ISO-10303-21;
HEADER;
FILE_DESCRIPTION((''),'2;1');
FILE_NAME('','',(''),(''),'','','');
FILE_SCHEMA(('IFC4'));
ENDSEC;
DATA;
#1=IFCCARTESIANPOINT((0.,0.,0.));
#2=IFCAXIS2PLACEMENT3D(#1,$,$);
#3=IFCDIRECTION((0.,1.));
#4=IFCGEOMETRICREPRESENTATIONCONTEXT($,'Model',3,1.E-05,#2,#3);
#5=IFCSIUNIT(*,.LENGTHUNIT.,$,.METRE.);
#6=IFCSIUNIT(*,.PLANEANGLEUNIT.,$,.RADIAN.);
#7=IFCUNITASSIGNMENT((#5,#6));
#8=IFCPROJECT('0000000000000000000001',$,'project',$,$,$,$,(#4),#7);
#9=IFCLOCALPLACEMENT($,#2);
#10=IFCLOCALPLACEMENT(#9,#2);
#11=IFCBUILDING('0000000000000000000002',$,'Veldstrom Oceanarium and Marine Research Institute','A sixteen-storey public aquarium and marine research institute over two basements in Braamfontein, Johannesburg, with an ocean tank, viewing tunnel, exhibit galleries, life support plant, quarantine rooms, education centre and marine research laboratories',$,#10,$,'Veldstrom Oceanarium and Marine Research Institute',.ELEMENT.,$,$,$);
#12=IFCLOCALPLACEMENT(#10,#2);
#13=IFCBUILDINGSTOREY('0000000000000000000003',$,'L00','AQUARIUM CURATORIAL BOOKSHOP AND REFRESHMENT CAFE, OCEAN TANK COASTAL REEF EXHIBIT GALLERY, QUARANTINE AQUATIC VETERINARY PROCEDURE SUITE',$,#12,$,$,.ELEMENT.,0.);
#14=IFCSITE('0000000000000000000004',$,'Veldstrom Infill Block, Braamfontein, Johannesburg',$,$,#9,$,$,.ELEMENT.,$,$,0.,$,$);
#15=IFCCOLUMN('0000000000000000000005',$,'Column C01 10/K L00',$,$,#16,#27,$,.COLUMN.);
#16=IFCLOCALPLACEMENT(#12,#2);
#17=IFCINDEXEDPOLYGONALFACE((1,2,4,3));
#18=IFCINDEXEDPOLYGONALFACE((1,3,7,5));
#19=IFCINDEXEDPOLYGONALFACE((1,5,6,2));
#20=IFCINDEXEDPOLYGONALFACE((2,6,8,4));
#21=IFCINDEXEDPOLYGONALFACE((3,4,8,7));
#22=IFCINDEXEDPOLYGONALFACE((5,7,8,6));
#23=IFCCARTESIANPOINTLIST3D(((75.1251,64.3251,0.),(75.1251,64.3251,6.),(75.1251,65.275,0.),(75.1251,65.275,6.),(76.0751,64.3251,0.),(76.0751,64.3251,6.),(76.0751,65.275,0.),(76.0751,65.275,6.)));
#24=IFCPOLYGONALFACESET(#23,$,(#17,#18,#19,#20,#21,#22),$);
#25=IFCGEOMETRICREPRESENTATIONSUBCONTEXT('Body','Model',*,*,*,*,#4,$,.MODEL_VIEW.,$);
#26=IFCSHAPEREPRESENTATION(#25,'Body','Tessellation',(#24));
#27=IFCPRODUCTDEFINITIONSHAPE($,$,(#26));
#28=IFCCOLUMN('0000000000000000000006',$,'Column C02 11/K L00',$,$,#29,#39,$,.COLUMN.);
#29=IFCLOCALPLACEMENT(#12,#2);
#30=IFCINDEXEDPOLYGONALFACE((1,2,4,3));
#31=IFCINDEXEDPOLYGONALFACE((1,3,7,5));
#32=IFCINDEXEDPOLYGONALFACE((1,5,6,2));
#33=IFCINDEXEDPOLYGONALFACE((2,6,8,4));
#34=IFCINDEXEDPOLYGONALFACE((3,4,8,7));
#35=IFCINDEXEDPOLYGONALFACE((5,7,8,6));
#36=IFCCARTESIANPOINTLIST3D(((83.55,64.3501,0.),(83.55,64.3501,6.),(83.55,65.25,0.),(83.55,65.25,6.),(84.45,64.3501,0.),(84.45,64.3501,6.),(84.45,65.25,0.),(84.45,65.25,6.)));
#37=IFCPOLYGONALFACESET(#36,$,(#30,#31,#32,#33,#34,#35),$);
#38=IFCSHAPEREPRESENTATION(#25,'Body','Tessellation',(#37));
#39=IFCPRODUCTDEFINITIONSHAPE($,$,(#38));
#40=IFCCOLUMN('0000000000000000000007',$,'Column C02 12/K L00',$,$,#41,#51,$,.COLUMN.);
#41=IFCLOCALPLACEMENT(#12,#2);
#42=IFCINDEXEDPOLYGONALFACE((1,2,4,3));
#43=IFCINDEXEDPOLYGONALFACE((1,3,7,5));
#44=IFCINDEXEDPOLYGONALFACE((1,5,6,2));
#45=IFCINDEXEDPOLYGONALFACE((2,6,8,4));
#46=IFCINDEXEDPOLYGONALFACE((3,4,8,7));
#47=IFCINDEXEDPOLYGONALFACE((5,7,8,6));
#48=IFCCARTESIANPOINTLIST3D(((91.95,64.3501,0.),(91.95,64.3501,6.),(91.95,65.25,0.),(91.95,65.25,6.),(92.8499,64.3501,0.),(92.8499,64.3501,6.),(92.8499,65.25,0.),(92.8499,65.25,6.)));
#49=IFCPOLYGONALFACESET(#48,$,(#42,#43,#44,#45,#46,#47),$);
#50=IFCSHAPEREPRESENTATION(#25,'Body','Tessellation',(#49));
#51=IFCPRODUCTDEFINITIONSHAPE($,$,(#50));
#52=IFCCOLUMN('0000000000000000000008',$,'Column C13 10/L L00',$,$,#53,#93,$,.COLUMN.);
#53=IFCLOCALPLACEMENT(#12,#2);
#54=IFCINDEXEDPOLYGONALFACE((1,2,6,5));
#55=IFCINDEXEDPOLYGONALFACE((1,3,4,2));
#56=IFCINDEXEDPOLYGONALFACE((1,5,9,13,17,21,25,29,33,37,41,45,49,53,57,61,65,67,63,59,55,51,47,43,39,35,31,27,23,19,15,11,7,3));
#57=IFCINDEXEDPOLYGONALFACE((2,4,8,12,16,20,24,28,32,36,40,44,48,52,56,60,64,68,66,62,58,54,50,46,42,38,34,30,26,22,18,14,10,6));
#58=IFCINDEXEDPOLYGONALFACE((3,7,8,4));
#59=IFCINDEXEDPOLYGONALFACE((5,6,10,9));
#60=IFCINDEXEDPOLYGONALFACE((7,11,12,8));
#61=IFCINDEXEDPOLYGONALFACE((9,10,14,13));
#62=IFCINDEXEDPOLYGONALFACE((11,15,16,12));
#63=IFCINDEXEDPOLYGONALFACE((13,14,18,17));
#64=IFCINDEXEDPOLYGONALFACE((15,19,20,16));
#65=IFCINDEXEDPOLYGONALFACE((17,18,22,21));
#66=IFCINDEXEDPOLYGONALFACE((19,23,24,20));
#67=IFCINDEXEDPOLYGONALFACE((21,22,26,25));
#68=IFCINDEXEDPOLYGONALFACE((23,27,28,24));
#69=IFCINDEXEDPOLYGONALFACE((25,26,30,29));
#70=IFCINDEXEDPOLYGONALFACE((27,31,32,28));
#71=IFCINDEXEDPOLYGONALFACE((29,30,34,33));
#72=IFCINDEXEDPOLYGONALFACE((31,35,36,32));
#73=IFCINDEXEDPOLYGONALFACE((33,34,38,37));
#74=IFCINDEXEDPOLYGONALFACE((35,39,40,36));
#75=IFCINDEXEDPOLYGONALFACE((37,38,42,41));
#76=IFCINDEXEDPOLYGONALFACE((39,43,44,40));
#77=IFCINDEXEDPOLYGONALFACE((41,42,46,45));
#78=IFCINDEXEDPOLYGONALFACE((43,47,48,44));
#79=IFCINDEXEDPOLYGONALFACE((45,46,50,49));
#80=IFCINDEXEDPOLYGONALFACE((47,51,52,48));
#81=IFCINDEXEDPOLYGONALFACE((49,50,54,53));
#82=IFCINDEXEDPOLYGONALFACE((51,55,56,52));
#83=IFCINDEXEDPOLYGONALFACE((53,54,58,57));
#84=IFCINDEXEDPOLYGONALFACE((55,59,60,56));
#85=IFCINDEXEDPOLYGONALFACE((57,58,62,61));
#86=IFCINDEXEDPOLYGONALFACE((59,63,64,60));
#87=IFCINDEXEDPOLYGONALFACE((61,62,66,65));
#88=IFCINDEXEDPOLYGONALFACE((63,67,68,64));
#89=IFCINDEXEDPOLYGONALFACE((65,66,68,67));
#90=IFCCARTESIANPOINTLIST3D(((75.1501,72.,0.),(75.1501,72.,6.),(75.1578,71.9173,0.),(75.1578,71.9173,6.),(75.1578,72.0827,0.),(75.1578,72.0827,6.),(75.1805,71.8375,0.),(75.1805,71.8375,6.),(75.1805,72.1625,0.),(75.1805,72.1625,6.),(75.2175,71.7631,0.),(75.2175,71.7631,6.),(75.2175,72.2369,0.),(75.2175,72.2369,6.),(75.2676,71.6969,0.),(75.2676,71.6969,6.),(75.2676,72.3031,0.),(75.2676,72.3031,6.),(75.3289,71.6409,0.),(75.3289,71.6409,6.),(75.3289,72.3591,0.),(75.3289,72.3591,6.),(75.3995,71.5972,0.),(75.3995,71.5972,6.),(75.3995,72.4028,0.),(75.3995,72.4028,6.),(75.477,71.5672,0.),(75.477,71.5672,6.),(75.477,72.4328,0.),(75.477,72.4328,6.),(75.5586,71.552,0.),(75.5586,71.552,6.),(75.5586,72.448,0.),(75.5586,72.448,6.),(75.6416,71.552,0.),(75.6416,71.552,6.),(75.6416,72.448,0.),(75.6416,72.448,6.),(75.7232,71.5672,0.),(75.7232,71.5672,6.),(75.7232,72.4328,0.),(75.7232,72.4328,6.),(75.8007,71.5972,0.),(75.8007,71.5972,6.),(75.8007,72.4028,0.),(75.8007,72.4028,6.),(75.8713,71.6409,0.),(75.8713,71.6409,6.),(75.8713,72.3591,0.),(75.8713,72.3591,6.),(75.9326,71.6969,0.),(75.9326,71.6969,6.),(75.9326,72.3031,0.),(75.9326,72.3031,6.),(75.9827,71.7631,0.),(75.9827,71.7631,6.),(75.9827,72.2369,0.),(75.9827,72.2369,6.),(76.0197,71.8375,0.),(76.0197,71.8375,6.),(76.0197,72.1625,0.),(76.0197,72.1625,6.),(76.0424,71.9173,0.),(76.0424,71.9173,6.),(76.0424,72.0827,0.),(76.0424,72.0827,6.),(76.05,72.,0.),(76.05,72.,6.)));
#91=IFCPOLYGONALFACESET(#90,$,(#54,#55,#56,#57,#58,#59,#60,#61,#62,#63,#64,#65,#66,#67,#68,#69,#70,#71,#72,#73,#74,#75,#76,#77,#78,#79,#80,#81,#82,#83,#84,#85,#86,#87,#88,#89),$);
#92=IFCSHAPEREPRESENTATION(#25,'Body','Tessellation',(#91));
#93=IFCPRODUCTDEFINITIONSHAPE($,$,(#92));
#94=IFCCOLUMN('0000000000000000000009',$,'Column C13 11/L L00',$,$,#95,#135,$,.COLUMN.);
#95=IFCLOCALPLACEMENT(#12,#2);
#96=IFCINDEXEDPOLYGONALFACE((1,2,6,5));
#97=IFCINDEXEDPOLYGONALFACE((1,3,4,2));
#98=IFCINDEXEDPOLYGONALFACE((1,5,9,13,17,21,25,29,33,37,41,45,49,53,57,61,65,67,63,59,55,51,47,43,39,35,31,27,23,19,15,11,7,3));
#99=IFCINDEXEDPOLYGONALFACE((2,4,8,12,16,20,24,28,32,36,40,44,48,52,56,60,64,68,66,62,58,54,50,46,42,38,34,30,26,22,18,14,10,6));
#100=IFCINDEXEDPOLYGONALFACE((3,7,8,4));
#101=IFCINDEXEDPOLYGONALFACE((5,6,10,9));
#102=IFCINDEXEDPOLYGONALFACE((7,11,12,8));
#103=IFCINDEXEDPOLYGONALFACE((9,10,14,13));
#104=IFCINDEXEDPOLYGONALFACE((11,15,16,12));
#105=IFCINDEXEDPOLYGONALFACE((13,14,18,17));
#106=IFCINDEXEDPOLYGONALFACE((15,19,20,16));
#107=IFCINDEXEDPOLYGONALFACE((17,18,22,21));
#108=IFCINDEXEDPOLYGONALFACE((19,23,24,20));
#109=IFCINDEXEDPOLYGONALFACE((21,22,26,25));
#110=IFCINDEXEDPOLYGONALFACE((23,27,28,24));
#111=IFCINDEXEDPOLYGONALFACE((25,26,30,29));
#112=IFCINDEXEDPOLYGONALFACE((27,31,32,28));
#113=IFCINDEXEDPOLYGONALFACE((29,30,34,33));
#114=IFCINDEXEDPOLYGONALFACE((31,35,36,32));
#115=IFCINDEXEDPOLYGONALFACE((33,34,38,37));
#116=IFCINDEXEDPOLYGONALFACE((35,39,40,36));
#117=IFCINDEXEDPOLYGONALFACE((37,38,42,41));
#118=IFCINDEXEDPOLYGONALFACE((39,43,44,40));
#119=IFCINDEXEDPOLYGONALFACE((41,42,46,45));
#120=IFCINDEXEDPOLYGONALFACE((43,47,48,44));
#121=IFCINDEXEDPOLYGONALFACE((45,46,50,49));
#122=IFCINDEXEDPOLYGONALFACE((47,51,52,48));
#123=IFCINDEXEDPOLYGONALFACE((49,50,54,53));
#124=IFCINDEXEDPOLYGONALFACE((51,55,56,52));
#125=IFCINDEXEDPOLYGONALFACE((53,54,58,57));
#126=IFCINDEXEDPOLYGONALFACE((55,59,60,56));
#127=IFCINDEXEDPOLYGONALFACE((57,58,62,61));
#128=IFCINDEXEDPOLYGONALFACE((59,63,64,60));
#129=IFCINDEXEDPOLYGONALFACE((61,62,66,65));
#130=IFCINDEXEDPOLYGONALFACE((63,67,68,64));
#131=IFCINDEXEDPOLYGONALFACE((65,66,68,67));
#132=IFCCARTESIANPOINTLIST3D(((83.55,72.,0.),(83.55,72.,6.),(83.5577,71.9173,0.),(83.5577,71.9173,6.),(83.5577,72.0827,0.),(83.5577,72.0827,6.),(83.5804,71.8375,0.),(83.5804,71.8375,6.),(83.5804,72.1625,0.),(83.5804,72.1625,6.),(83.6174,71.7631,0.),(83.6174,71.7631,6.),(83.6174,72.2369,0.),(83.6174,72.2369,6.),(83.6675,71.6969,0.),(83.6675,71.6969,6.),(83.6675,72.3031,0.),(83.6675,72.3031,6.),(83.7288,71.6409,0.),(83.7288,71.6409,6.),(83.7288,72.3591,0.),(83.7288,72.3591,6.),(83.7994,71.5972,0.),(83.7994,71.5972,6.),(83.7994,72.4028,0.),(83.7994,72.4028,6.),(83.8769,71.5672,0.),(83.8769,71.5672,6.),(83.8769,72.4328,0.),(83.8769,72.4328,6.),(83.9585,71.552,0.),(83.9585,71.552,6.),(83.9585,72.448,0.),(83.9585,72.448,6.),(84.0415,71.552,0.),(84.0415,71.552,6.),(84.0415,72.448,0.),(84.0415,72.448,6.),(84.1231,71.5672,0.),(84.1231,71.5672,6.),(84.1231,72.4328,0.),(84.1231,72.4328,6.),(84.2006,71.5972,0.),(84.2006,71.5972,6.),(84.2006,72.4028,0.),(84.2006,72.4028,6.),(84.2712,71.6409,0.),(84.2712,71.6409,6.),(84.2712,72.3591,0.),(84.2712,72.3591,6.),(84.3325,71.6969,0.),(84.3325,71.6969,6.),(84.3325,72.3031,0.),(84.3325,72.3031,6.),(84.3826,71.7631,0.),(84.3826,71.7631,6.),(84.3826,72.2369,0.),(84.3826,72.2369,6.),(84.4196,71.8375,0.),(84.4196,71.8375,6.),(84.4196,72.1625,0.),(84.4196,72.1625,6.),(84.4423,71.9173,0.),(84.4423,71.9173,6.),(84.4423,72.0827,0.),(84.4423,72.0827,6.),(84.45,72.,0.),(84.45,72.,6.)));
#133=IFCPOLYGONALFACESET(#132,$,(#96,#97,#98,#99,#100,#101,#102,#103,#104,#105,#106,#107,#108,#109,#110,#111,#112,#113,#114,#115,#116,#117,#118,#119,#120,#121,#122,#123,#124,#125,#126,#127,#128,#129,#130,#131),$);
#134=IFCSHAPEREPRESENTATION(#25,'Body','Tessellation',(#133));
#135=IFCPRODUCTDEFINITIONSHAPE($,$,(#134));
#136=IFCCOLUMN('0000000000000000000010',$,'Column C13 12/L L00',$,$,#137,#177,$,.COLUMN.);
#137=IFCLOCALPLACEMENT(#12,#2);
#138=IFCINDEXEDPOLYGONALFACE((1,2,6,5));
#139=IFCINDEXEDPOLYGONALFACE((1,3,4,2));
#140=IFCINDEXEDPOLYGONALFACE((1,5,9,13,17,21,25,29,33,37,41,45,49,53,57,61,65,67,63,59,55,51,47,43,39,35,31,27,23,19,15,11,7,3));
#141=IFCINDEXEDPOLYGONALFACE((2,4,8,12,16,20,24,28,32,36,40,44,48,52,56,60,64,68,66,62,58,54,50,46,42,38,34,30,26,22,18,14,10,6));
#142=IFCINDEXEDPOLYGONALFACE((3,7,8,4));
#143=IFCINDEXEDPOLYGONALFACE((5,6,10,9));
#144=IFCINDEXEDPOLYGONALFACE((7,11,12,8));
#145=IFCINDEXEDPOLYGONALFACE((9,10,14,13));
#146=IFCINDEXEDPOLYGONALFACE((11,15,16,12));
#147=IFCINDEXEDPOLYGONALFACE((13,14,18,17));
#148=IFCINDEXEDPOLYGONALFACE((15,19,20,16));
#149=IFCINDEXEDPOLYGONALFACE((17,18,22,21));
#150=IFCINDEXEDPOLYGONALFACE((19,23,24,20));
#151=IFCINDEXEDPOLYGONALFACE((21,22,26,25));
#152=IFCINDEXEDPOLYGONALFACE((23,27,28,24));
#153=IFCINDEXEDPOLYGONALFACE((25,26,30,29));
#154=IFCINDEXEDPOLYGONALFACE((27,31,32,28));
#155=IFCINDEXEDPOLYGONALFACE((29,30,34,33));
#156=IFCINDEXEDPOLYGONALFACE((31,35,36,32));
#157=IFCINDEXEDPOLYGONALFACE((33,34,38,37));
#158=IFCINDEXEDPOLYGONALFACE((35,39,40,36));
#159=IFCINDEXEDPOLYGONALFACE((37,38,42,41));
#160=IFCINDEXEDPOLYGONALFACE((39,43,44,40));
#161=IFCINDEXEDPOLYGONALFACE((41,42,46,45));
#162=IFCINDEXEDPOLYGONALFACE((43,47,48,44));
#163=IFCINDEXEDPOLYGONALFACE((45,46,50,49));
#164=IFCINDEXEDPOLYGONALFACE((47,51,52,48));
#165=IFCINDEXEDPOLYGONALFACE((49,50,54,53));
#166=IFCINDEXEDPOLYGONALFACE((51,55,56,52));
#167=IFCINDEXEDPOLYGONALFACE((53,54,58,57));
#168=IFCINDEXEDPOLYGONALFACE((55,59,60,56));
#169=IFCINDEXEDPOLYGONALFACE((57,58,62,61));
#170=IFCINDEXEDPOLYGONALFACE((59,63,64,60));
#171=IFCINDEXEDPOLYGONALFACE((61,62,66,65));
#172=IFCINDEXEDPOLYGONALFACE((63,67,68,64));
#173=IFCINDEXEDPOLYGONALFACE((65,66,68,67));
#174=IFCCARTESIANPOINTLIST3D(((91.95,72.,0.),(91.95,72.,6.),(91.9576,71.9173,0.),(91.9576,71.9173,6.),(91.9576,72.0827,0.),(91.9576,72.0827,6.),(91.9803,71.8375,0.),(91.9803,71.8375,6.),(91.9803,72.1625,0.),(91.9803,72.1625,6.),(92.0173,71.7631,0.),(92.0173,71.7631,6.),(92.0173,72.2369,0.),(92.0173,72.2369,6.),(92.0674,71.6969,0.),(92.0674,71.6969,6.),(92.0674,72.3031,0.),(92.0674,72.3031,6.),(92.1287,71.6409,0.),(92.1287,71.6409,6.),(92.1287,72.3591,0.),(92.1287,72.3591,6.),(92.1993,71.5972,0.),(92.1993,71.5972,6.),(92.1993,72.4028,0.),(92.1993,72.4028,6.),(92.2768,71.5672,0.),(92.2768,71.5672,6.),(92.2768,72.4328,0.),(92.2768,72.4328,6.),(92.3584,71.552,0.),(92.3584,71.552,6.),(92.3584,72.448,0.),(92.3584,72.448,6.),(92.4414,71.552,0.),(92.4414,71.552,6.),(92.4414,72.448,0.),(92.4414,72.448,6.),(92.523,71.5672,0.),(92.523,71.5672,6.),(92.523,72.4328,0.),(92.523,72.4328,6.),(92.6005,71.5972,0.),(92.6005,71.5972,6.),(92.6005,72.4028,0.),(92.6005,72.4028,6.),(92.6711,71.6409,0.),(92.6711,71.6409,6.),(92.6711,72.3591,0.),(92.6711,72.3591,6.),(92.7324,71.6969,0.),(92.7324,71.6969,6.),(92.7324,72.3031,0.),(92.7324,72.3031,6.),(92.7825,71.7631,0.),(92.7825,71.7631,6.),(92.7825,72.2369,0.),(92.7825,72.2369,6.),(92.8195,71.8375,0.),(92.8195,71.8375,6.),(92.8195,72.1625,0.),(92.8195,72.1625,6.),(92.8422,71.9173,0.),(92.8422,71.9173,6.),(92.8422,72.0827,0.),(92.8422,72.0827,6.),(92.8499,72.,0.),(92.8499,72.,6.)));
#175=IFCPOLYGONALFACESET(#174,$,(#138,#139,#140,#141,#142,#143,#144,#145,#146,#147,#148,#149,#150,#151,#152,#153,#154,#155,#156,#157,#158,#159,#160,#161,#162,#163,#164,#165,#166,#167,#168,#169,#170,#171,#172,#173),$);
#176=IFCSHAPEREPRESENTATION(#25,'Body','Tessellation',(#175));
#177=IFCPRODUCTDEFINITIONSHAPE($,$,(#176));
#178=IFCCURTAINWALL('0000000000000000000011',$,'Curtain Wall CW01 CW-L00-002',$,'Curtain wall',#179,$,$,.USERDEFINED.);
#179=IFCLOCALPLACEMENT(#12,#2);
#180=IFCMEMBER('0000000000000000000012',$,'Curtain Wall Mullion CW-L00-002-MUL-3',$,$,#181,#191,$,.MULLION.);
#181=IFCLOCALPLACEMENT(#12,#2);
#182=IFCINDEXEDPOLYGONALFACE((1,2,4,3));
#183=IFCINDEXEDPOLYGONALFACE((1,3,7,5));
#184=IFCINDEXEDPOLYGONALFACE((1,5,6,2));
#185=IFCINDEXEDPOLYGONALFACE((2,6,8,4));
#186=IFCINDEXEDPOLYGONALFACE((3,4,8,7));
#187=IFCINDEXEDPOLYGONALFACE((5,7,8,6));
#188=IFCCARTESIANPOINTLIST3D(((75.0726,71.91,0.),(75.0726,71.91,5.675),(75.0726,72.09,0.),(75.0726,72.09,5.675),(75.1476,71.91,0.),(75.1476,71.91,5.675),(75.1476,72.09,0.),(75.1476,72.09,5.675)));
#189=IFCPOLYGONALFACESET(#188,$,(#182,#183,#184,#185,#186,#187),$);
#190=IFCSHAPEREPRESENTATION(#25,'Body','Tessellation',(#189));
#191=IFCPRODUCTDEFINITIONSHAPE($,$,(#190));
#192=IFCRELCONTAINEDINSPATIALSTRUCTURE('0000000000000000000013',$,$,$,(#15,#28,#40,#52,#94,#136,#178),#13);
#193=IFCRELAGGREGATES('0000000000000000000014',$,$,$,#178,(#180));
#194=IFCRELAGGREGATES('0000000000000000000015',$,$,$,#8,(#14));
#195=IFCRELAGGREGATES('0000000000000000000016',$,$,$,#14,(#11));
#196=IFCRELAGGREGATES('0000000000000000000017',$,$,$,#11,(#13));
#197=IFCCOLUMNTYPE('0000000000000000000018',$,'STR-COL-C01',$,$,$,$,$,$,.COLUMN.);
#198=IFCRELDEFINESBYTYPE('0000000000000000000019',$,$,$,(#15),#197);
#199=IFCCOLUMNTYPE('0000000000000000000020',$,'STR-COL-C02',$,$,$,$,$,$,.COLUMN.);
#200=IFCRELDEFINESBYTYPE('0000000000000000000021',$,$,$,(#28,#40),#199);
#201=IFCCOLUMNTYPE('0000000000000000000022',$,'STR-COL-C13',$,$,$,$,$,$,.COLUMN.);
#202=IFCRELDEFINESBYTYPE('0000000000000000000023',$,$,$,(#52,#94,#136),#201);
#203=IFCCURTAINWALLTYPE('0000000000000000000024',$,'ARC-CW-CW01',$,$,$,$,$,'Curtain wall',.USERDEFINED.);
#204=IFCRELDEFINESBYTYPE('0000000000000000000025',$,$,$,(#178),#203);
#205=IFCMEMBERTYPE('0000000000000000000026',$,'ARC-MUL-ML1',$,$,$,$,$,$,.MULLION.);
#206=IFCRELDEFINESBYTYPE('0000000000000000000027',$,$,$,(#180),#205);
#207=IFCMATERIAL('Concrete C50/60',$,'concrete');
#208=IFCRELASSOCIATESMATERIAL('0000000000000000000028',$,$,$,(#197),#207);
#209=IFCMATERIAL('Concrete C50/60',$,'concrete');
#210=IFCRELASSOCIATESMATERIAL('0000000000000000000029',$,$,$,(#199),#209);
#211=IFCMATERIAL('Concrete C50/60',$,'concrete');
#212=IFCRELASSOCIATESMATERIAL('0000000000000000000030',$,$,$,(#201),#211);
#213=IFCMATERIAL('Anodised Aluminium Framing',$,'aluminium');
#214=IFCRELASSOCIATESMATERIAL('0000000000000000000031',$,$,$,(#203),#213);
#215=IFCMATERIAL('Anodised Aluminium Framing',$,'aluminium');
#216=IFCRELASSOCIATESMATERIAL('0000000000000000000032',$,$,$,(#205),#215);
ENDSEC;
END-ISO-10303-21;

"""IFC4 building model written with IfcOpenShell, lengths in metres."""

from ifc_helpers import new_model, si_unit, direction, frame, origin, origin_2d, place, context, subcontext, project, spatial, rectangle, circle, extrude, material, material_profile, profile_set, type_object, element, aggregate, save


model = new_model("IFC4")

# Units and contexts
model_context = context("Model", 3, precision=1e-05, world=origin(), true_north=direction((0.0, 1.0)))
body_context = subcontext(model_context, "Body", "Model", "MODEL_VIEW")
ifc_project = project(units=[si_unit("LENGTHUNIT", "METRE"), si_unit("PLANEANGLEUNIT", "RADIAN")], contexts=[model_context])

# Site, building, storey
site_placement = place(None, origin())
site = spatial("IfcSite", under=ifc_project, at=site_placement, Name="Veldstrom Infill Block, Braamfontein, Johannesburg", CompositionType="ELEMENT", RefElevation=0.0)
building_placement = place(site_placement, origin())
building = spatial("IfcBuilding", under=site, at=building_placement, Name="Veldstrom Oceanarium and Marine Research Institute", Description="A sixteen-storey public aquarium and marine research institute over two basements in Braamfontein, Johannesburg, with an ocean tank, viewing tunnel, exhibit galleries, life support plant, quarantine rooms, education centre and marine research laboratories", LongName="Veldstrom Oceanarium and Marine Research Institute", CompositionType="ELEMENT")
storey_placement = place(building_placement, origin())
storey = spatial("IfcBuildingStorey", under=building, at=storey_placement, Name="L00", Description="AQUARIUM CURATORIAL BOOKSHOP AND REFRESHMENT CAFE, OCEAN TANK COASTAL REEF EXHIBIT GALLERY, QUARANTINE AQUATIC VETERINARY PROCEDURE SUITE", CompositionType="ELEMENT", Elevation=0.0)

# Columns
ifc_material_1 = material(Name="Concrete C50/60", Category="concrete")
ifc_material_profile_1 = material_profile(ifc_material_1, rectangle(XDim=0.95, YDim=0.95, at=origin_2d()), Name="RC-COL-950x950")
ifc_profile_set_1 = profile_set([ifc_material_profile_1], Name="Concrete C50/60")
column_type_1 = type_object("IfcColumnType", Name="STR-COL-C01", PredefinedType="COLUMN", material=ifc_profile_set_1)
column_placement = place(storey_placement, frame((75.6001, 64.8, 0.0), z_axis=(0.0, 0.0, 1.0), x_axis=(1.0, 0.0, 0.0)))
element("IfcColumn", 1, at=column_placement, inside=storey, type_object=column_type_1, Name="Column C01 10/K L00", PredefinedType="COLUMN", context=body_context, shape_type="SweptSolid", body=[
    extrude(rectangle(XDim=0.95, YDim=0.95, at=origin_2d()), origin(), (0.0, 0.0, 1.0), 6.0),
])
ifc_material_2 = material(Name="Concrete C50/60", Category="concrete")
ifc_material_profile_2 = material_profile(ifc_material_2, rectangle(XDim=0.8999, YDim=0.8999, at=origin_2d()), Name="RC-COL-900x900")
ifc_profile_set_2 = profile_set([ifc_material_profile_2], Name="Concrete C50/60")
column_type_2 = type_object("IfcColumnType", Name="STR-COL-C02", PredefinedType="COLUMN", material=ifc_profile_set_2)
for number, where, z_axis, x_axis, name in (
    (2, (84.0, 64.8, 0.0), (0.0, 0.0, 1.0), (1.0, 0.0, 0.0), "Column C02 11/K L00"),
    (3, (92.3999, 64.8, 0.0), (0.0, 0.0, 1.0), (1.0, 0.0, 0.0), "Column C02 12/K L00"),
):
    element("IfcColumn", number, at=place(storey_placement, frame(where, z_axis=z_axis, x_axis=x_axis)), inside=storey, type_object=column_type_2, Name=name, PredefinedType="COLUMN", context=body_context, shape_type="SweptSolid", body=[
        extrude(rectangle(XDim=0.8999, YDim=0.8999, at=origin_2d()), origin(), (0.0, 0.0, 1.0), 6.0),
    ])
ifc_material_3 = material(Name="Concrete C50/60", Category="concrete")
ifc_material_profile_3 = material_profile(ifc_material_3, circle(Radius=0.45, at=origin_2d()), Name="RC-COL-D900")
ifc_profile_set_3 = profile_set([ifc_material_profile_3], Name="Concrete C50/60")
column_type_3 = type_object("IfcColumnType", Name="STR-COL-C13", PredefinedType="COLUMN", material=ifc_profile_set_3)
for number, where, z_axis, x_axis, name in (
    (4, (75.6001, 72.0, 0.0), (0.0, 0.0, 1.0), (1.0, 0.0, 0.0), "Column C13 10/L L00"),
    (5, (84.0, 72.0, 0.0), (0.0, 0.0, 1.0), (1.0, 0.0, 0.0), "Column C13 11/L L00"),
    (6, (92.3999, 72.0, 0.0), (0.0, 0.0, 1.0), (1.0, 0.0, 0.0), "Column C13 12/L L00"),
):
    element("IfcColumn", number, at=place(storey_placement, frame(where, z_axis=z_axis, x_axis=x_axis)), inside=storey, type_object=column_type_3, Name=name, PredefinedType="COLUMN", context=body_context, shape_type="SweptSolid", body=[
        extrude(circle(Radius=0.45, at=origin_2d()), origin(), (0.0, 0.0, 1.0), 6.0),
    ])

# Curtain wall, member
ifc_material_4 = material(Name="Anodised Aluminium Framing", Category="aluminium")
curtain_wall_type = type_object("IfcCurtainWallType", Name="ARC-CW-CW01", ElementType="Curtain wall", PredefinedType="USERDEFINED", material=ifc_material_4)
curtain_wall_placement = place(storey_placement, origin())
curtain_wall = element("IfcCurtainWall", 7, at=curtain_wall_placement, inside=storey, type_object=curtain_wall_type, Name="Curtain Wall CW01 CW-L00-002", ObjectType="Curtain wall", PredefinedType="USERDEFINED")
ifc_material_5 = material(Name="Anodised Aluminium Framing", Category="aluminium")
ifc_material_profile_4 = material_profile(ifc_material_5, rectangle(XDim=0.075, YDim=0.1799, at=origin_2d()), Name="ALU-MUL-75x180")
ifc_profile_set_4 = profile_set([ifc_material_profile_4], Name="Anodised Aluminium Framing")
member_type_1 = type_object("IfcMemberType", Name="ARC-MUL-ML1", PredefinedType="MULLION", material=ifc_profile_set_4)
member_1_placement = place(storey_placement, frame((75.1101, 72.0, 0.0), z_axis=(0.0, 0.0, 1.0), x_axis=(1.0, 0.0, 0.0)))
member_1 = element("IfcMember", 8, at=member_1_placement, type_object=member_type_1, Name="Curtain Wall Mullion CW-L00-002-MUL-3", PredefinedType="MULLION", context=body_context, shape_type="SweptSolid", body=[
    extrude(rectangle(XDim=0.075, YDim=0.1799, at=origin_2d()), origin(), (0.0, 0.0, 1.0), 5.675),
])

aggregate(curtain_wall, [member_1])

save(model, "model.ifc")
